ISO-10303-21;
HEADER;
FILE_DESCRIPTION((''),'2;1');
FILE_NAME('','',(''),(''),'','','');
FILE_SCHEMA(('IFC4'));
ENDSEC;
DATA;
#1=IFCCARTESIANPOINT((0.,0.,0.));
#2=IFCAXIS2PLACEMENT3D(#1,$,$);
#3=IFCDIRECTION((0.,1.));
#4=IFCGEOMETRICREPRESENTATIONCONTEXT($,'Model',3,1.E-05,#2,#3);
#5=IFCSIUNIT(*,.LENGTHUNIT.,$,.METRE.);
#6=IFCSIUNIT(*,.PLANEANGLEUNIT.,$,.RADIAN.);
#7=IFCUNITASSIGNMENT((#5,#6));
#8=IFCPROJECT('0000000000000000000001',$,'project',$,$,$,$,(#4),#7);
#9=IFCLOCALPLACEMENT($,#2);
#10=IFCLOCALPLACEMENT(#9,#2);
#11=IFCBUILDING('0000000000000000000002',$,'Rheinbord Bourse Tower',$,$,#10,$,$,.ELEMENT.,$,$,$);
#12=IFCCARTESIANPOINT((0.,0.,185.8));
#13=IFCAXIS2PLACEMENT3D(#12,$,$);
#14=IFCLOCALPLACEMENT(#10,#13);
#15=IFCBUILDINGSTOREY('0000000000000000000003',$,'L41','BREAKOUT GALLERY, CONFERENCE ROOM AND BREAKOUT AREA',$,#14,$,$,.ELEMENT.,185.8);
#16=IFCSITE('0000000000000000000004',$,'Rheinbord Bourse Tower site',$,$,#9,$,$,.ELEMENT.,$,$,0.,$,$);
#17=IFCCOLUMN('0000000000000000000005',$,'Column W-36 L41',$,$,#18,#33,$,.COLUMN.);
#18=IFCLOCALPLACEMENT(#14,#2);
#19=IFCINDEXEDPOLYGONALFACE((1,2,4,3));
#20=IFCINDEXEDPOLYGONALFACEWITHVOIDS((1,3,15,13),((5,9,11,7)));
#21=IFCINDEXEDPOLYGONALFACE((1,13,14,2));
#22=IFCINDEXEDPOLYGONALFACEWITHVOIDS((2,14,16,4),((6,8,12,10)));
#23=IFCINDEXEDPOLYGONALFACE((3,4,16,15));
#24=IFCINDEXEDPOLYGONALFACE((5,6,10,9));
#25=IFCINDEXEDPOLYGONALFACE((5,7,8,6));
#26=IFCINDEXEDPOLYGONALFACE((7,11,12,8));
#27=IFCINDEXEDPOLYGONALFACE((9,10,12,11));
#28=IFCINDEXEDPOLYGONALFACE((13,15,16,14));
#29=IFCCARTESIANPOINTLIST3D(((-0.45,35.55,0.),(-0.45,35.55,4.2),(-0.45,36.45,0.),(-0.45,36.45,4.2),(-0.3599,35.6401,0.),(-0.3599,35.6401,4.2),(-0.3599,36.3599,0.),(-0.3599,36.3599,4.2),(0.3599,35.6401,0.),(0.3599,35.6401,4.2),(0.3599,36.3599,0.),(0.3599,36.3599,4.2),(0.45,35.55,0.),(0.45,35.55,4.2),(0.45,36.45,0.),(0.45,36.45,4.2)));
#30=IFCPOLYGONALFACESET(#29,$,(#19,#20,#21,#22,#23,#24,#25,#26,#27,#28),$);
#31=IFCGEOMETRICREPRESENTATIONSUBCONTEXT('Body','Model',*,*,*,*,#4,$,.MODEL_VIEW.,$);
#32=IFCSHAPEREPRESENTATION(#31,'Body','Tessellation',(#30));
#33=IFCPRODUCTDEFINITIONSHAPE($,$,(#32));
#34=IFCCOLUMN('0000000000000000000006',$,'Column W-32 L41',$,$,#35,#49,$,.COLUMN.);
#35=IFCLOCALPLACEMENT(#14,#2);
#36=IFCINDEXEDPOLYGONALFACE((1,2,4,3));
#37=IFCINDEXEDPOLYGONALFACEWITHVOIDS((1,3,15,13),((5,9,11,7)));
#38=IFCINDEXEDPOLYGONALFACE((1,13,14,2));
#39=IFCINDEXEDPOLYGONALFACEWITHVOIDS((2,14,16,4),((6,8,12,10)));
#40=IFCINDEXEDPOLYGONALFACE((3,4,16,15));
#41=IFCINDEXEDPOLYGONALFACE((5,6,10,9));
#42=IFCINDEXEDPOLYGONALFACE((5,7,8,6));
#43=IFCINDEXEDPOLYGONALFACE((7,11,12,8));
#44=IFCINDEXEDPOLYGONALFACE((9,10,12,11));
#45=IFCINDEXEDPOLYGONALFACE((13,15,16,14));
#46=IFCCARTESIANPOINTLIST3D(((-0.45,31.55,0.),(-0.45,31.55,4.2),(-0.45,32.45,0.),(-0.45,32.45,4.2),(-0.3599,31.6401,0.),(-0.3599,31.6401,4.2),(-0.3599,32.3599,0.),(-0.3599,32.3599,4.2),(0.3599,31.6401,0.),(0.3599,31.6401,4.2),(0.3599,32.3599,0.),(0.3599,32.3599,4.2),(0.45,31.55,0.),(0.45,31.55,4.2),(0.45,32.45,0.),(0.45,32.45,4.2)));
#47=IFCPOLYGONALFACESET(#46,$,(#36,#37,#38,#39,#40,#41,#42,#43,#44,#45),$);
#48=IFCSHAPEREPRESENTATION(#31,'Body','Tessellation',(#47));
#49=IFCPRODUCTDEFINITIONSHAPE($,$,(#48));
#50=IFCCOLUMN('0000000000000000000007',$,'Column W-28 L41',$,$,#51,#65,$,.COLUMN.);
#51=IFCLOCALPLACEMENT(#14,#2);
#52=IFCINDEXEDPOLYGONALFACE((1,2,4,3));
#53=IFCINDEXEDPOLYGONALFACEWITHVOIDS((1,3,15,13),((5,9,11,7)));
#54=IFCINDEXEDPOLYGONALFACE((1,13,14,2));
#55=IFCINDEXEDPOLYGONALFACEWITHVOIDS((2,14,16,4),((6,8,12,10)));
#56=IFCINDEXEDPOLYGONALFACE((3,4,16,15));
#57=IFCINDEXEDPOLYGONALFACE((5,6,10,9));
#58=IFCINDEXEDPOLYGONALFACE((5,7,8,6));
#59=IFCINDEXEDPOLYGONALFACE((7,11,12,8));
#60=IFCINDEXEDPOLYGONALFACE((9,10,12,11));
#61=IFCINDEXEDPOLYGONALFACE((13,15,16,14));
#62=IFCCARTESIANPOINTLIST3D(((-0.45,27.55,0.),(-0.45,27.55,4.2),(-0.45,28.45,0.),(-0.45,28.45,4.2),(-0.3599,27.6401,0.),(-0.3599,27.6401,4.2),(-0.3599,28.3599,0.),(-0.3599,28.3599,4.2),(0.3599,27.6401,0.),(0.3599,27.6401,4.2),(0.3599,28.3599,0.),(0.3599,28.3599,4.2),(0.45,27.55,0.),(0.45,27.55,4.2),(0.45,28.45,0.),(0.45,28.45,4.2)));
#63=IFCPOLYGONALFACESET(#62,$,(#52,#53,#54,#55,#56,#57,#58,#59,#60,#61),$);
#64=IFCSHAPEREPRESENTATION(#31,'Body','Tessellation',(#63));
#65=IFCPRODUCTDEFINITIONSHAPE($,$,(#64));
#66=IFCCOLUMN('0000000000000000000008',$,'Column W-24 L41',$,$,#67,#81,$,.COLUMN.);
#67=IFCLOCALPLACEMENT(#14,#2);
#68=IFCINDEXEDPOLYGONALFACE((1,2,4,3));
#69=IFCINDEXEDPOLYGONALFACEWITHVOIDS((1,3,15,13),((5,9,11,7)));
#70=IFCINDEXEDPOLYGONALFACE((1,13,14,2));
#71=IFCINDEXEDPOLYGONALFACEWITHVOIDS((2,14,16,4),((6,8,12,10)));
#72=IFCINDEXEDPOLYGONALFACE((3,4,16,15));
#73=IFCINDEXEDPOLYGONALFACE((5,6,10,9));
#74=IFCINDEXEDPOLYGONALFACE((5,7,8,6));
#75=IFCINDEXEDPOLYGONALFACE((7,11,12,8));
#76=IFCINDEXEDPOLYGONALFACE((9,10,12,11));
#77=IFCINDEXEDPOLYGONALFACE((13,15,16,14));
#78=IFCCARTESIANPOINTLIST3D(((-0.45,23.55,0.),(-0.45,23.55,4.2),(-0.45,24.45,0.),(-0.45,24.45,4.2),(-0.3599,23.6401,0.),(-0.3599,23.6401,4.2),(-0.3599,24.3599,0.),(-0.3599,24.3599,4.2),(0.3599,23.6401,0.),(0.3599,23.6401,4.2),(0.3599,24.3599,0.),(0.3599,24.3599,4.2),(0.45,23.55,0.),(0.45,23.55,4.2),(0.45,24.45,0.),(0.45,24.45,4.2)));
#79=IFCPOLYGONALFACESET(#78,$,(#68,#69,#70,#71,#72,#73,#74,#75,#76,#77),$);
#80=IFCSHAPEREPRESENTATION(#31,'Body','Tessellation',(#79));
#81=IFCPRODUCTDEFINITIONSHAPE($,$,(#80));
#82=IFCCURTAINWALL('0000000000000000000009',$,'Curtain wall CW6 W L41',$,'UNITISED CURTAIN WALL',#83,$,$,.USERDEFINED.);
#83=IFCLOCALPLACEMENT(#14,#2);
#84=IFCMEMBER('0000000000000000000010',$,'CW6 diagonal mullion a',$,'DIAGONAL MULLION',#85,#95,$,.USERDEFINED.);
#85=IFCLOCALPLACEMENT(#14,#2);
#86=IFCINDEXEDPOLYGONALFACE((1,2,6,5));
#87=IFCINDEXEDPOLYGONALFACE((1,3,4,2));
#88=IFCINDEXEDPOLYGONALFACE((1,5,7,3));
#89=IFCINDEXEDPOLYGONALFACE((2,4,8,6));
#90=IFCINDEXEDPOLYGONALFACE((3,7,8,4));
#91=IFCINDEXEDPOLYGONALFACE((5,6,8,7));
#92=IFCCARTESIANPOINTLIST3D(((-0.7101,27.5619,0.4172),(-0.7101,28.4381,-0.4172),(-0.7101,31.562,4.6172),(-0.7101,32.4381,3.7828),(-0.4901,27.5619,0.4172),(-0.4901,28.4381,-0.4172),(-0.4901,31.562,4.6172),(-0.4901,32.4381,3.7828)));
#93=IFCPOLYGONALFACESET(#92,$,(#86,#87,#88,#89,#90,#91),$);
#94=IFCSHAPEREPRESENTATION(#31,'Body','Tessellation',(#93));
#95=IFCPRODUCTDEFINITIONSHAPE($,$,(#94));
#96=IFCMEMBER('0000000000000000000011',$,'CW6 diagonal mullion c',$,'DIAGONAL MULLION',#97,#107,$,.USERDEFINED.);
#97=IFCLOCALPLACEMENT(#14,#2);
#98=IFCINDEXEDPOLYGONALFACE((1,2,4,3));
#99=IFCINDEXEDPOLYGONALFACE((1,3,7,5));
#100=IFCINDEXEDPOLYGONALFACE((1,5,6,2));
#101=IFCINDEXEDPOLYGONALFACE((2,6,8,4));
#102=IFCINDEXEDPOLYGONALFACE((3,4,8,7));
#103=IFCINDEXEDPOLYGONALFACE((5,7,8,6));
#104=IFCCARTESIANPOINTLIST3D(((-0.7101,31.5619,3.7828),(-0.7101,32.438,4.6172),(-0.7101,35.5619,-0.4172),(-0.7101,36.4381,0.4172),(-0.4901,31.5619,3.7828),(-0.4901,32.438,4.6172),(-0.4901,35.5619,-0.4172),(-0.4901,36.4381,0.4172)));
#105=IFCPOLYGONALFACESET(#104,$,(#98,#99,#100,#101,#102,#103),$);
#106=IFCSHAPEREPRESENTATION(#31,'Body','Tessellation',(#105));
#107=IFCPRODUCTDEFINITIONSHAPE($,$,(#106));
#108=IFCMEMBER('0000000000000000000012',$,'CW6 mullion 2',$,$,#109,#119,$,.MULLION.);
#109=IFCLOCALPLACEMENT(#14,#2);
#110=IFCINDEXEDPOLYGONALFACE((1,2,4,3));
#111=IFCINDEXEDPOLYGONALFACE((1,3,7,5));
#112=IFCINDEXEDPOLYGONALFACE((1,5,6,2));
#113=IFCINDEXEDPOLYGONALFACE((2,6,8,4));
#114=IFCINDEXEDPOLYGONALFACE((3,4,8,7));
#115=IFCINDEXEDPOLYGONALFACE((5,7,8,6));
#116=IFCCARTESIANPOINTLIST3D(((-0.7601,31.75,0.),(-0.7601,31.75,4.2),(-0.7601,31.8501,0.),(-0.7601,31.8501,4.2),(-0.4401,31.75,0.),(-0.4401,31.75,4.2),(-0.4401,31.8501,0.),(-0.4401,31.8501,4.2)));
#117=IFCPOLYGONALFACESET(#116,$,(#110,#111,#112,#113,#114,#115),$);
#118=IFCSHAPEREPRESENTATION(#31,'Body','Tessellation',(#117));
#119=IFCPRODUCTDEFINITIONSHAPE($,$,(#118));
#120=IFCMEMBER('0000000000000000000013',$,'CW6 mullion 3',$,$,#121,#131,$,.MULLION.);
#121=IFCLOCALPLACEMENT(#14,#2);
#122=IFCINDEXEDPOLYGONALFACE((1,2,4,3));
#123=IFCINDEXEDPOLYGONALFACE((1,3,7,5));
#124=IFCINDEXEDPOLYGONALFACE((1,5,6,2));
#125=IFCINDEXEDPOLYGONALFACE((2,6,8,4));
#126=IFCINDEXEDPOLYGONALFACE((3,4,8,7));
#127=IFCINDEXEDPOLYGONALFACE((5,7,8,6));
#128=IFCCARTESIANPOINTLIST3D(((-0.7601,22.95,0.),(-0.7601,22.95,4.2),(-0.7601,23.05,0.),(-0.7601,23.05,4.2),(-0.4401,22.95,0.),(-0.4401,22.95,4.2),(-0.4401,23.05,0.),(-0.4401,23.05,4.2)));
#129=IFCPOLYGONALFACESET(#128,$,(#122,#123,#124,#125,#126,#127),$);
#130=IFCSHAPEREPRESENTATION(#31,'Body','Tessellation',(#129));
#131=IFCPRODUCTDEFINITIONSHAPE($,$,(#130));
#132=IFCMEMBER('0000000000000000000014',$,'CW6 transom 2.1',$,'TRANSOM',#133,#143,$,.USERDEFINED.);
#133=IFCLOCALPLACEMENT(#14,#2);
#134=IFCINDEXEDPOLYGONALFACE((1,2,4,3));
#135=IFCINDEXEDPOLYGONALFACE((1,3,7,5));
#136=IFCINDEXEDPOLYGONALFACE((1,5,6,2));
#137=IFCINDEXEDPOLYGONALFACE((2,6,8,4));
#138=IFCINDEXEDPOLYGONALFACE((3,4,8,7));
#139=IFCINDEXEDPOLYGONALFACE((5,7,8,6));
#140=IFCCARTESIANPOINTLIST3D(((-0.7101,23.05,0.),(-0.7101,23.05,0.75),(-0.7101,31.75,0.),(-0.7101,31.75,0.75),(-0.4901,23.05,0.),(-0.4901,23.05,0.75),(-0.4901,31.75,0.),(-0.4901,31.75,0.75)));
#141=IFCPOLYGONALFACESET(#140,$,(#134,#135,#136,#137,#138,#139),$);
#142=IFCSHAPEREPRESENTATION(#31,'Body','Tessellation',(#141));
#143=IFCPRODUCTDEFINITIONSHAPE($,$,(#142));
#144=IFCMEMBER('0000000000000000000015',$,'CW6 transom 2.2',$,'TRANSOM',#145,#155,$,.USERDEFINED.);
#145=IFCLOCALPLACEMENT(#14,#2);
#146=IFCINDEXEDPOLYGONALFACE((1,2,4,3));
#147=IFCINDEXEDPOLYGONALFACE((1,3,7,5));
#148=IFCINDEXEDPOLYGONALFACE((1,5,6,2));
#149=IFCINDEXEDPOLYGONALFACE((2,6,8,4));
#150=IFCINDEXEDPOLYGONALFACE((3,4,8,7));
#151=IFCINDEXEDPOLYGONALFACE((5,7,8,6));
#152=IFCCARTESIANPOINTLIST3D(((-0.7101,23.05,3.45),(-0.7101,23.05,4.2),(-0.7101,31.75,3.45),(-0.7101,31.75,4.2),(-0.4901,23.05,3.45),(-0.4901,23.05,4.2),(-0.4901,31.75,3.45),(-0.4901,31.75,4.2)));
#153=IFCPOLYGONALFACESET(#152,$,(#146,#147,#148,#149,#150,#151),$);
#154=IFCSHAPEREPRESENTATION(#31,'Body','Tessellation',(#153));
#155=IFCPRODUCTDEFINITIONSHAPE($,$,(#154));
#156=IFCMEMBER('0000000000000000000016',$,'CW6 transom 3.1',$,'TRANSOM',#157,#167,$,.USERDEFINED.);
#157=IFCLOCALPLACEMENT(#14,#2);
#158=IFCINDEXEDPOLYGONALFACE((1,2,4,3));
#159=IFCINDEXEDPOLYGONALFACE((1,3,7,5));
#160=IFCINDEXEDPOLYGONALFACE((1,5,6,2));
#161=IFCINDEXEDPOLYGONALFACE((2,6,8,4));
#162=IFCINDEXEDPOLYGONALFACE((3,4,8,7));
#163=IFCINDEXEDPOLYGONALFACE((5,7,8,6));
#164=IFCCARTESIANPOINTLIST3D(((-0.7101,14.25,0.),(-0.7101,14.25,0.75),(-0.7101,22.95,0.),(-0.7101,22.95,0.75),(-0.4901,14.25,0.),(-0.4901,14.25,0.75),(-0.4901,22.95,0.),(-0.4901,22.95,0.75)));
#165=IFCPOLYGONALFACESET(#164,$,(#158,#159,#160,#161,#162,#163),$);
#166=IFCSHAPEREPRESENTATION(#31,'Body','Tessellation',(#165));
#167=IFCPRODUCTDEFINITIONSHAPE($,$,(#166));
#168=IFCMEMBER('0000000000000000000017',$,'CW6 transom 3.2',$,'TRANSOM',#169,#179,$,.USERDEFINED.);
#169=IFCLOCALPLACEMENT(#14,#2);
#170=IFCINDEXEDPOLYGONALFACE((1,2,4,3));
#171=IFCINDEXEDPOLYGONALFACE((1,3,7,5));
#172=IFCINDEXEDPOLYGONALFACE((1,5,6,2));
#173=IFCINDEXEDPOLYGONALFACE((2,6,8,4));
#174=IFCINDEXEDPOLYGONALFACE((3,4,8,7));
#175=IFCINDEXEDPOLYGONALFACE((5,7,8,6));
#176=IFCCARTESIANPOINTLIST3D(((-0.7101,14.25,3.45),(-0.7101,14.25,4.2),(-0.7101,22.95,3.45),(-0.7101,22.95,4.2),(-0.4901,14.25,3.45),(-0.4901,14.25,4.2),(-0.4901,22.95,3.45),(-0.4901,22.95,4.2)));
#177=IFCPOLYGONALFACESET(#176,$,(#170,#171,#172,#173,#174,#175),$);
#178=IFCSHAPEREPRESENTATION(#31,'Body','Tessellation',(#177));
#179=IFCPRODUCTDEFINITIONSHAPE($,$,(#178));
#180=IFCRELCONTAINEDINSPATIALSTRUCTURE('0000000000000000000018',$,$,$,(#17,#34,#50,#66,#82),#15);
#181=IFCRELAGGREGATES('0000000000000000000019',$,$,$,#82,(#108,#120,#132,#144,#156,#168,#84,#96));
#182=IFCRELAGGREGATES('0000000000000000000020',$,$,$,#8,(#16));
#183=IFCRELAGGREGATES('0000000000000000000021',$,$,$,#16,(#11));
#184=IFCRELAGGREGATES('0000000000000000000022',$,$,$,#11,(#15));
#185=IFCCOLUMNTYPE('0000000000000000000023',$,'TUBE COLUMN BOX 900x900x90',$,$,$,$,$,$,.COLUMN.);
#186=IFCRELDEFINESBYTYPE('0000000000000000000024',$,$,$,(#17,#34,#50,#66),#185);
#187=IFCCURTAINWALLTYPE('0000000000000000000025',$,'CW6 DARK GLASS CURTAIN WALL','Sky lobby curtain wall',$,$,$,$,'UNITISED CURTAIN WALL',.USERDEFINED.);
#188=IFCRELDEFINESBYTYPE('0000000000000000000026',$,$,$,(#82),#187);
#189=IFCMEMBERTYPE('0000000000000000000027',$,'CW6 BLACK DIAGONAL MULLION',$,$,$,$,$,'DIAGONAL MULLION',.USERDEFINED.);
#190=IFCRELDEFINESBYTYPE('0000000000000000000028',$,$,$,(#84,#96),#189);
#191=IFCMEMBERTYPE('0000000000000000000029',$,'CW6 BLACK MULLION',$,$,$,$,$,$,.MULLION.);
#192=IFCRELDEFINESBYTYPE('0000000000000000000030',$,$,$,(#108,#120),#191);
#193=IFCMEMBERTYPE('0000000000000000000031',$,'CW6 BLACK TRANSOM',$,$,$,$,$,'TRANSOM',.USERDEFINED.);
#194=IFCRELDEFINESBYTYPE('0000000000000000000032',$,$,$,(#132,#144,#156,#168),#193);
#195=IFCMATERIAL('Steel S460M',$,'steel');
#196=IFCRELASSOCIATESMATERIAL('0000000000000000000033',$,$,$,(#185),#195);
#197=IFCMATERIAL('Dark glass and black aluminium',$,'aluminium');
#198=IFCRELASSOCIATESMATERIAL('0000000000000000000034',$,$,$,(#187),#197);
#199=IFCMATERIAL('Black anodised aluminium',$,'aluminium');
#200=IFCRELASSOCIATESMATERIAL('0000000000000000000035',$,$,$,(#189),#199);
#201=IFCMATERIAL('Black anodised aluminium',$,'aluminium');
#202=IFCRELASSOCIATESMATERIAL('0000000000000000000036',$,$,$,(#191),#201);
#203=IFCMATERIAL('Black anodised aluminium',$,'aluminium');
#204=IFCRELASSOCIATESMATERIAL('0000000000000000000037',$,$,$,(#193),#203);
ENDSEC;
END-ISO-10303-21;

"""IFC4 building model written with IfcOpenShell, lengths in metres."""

from ifc_helpers import new_model, si_unit, direction, frame, origin, origin_2d, place, context, subcontext, project, spatial, rectangle, hollow_rectangle, extrude, material, material_profile, profile_set, type_object, element, aggregate, save


model = new_model("IFC4")

# Units and contexts
model_context = context("Model", 3, precision=1e-05, world=origin(), true_north=direction((0.0, 1.0)))
body_context = subcontext(model_context, "Body", "Model", "MODEL_VIEW")
ifc_project = project(units=[si_unit("LENGTHUNIT", "METRE"), si_unit("PLANEANGLEUNIT", "RADIAN")], contexts=[model_context])

# Site, building, storey
site_placement = place(None, origin())
site = spatial("IfcSite", under=ifc_project, at=site_placement, Name="Rheinbord Bourse Tower site", CompositionType="ELEMENT", RefElevation=0.0)
building_placement = place(site_placement, origin())
building = spatial("IfcBuilding", under=site, at=building_placement, Name="Rheinbord Bourse Tower", CompositionType="ELEMENT")
storey_placement = place(building_placement, frame((0.0, 0.0, 185.8)))
storey = spatial("IfcBuildingStorey", under=building, at=storey_placement, Name="L41", Description="BREAKOUT GALLERY, CONFERENCE ROOM AND BREAKOUT AREA", CompositionType="ELEMENT", Elevation=185.8)

# Columns
ifc_material_1 = material(Name="Steel S460M", Category="steel")
ifc_material_profile_1 = material_profile(ifc_material_1, hollow_rectangle(XDim=0.8999, YDim=0.8999, WallThickness=0.0901, at=origin_2d()), Name="BOX 900x900x90")
ifc_profile_set_1 = profile_set([ifc_material_profile_1], Name="Steel S460M")
column_type = type_object("IfcColumnType", Name="TUBE COLUMN BOX 900x900x90", PredefinedType="COLUMN", material=ifc_profile_set_1)
for number, where, z_axis, x_axis, name in (
    (1, (0.0, 36.0, 0.0), (0.0, 0.0, 1.0), (1.0, 0.0, 0.0), "Column W-36 L41"),
    (2, (0.0, 32.0, 0.0), (0.0, 0.0, 1.0), (1.0, 0.0, 0.0), "Column W-32 L41"),
    (3, (0.0, 28.0, 0.0), (0.0, 0.0, 1.0), (1.0, 0.0, 0.0), "Column W-28 L41"),
    (4, (0.0, 24.0, 0.0), (0.0, 0.0, 1.0), (1.0, 0.0, 0.0), "Column W-24 L41"),
):
    element("IfcColumn", number, at=place(storey_placement, frame(where, z_axis=z_axis, x_axis=x_axis)), inside=storey, type_object=column_type, Name=name, PredefinedType="COLUMN", context=body_context, shape_type="SweptSolid", body=[
        extrude(hollow_rectangle(XDim=0.8999, YDim=0.8999, WallThickness=0.0901, at=origin_2d()), origin(), (0.0, 0.0, 1.0), 4.2),
    ])

# Curtain wall, members
ifc_material_2 = material(Name="Dark glass and black aluminium", Category="aluminium")
curtain_wall_type = type_object("IfcCurtainWallType", Name="CW6 DARK GLASS CURTAIN WALL", Description="Sky lobby curtain wall", ElementType="UNITISED CURTAIN WALL", PredefinedType="USERDEFINED", material=ifc_material_2)
curtain_wall_placement = place(storey_placement, origin())
curtain_wall = element("IfcCurtainWall", 5, at=curtain_wall_placement, inside=storey, type_object=curtain_wall_type, Name="Curtain wall CW6 W L41", ObjectType="UNITISED CURTAIN WALL", PredefinedType="USERDEFINED")
ifc_material_3 = material(Name="Black anodised aluminium", Category="aluminium")
ifc_material_profile_2 = material_profile(ifc_material_3, rectangle(XDim=0.22, YDim=1.21, at=origin_2d()), Name="CW6 DIAGONAL MULLION 1210x220")
ifc_profile_set_2 = profile_set([ifc_material_profile_2], Name="Black anodised aluminium")
member_type_1 = type_object("IfcMemberType", Name="CW6 BLACK DIAGONAL MULLION", ElementType="DIAGONAL MULLION", PredefinedType="USERDEFINED", material=ifc_profile_set_2)
member_1_placement = place(storey_placement, frame((-0.6001, 28.0, 0.0), z_axis=(0.0, 0.689659, 0.724134), x_axis=(-1.0, 0.0, 0.0)))
member_1 = element("IfcMember", 6, at=member_1_placement, type_object=member_type_1, Name="CW6 diagonal mullion a", ObjectType="DIAGONAL MULLION", PredefinedType="USERDEFINED", context=body_context, shape_type="SweptSolid", body=[
    extrude(rectangle(XDim=0.22, YDim=1.21, at=origin_2d()), origin(), (0.0, 0.0, 1.0), 5.8),
])
member_2_placement = place(storey_placement, frame((-0.6001, 36.0, 0.0), z_axis=(0.0, -0.689659, 0.724134), x_axis=(1.0, 0.0, 0.0)))
member_2 = element("IfcMember", 7, at=member_2_placement, type_object=member_type_1, Name="CW6 diagonal mullion c", ObjectType="DIAGONAL MULLION", PredefinedType="USERDEFINED", context=body_context, shape_type="SweptSolid", body=[
    extrude(rectangle(XDim=0.22, YDim=1.21, at=origin_2d()), origin(), (0.0, 0.0, 1.0), 5.8),
])
ifc_material_4 = material(Name="Black anodised aluminium", Category="aluminium")
ifc_material_profile_3 = material_profile(ifc_material_4, rectangle(XDim=0.3201, YDim=0.1001, at=origin_2d()), Name="CW6 MULLION 100x320")
ifc_profile_set_3 = profile_set([ifc_material_profile_3], Name="Black anodised aluminium")
member_type_2 = type_object("IfcMemberType", Name="CW6 BLACK MULLION", PredefinedType="MULLION", material=ifc_profile_set_3)
member_3_placement = place(storey_placement, frame((-0.6001, 31.8, 0.0), z_axis=(0.0, 0.0, 1.0), x_axis=(1.0, 0.0, 0.0)))
member_3 = element("IfcMember", 8, at=member_3_placement, type_object=member_type_2, Name="CW6 mullion 2", PredefinedType="MULLION", context=body_context, shape_type="SweptSolid", body=[
    extrude(rectangle(XDim=0.3201, YDim=0.1001, at=origin_2d()), origin(), (0.0, 0.0, 1.0), 4.2),
])
member_4_placement = place(storey_placement, frame((-0.6001, 23.0, 0.0), z_axis=(0.0, 0.0, 1.0), x_axis=(1.0, 0.0, 0.0)))
member_4 = element("IfcMember", 9, at=member_4_placement, type_object=member_type_2, Name="CW6 mullion 3", PredefinedType="MULLION", context=body_context, shape_type="SweptSolid", body=[
    extrude(rectangle(XDim=0.3201, YDim=0.1001, at=origin_2d()), origin(), (0.0, 0.0, 1.0), 4.2),
])
ifc_material_5 = material(Name="Black anodised aluminium", Category="aluminium")
ifc_material_profile_4 = material_profile(ifc_material_5, rectangle(XDim=0.22, YDim=0.75, at=origin_2d()), Name="CW6 TRANSOM 750x220")
ifc_profile_set_4 = profile_set([ifc_material_profile_4], Name="Black anodised aluminium")
member_type_3 = type_object("IfcMemberType", Name="CW6 BLACK TRANSOM", ElementType="TRANSOM", PredefinedType="USERDEFINED", material=ifc_profile_set_4)
member_5_placement = place(storey_placement, frame((-0.6001, 31.75, 0.375), z_axis=(0.0, -1.0, 0.0), x_axis=(1.0, 0.0, 0.0)))
member_5 = element("IfcMember", 10, at=member_5_placement, type_object=member_type_3, Name="CW6 transom 2.1", ObjectType="TRANSOM", PredefinedType="USERDEFINED", context=body_context, shape_type="SweptSolid", body=[
    extrude(rectangle(XDim=0.22, YDim=0.75, at=origin_2d()), origin(), (0.0, 0.0, 1.0), 8.7),
])
member_6_placement = place(storey_placement, frame((-0.6001, 31.75, 3.825), z_axis=(0.0, -1.0, 0.0), x_axis=(1.0, 0.0, 0.0)))
member_6 = element("IfcMember", 11, at=member_6_placement, type_object=member_type_3, Name="CW6 transom 2.2", ObjectType="TRANSOM", PredefinedType="USERDEFINED", context=body_context, shape_type="SweptSolid", body=[
    extrude(rectangle(XDim=0.22, YDim=0.75, at=origin_2d()), origin(), (0.0, 0.0, 1.0), 8.7),
])
member_7_placement = place(storey_placement, frame((-0.6001, 22.95, 0.375), z_axis=(0.0, -1.0, 0.0), x_axis=(1.0, 0.0, 0.0)))
member_7 = element("IfcMember", 12, at=member_7_placement, type_object=member_type_3, Name="CW6 transom 3.1", ObjectType="TRANSOM", PredefinedType="USERDEFINED", context=body_context, shape_type="SweptSolid", body=[
    extrude(rectangle(XDim=0.22, YDim=0.75, at=origin_2d()), origin(), (0.0, 0.0, 1.0), 8.7),
])
member_8_placement = place(storey_placement, frame((-0.6001, 22.95, 3.825), z_axis=(0.0, -1.0, 0.0), x_axis=(1.0, 0.0, 0.0)))
member_8 = element("IfcMember", 13, at=member_8_placement, type_object=member_type_3, Name="CW6 transom 3.2", ObjectType="TRANSOM", PredefinedType="USERDEFINED", context=body_context, shape_type="SweptSolid", body=[
    extrude(rectangle(XDim=0.22, YDim=0.75, at=origin_2d()), origin(), (0.0, 0.0, 1.0), 8.7),
])

aggregate(curtain_wall, [member_3, member_4, member_5, member_6, member_7, member_8, member_1, member_2])

save(model, "model.ifc")
